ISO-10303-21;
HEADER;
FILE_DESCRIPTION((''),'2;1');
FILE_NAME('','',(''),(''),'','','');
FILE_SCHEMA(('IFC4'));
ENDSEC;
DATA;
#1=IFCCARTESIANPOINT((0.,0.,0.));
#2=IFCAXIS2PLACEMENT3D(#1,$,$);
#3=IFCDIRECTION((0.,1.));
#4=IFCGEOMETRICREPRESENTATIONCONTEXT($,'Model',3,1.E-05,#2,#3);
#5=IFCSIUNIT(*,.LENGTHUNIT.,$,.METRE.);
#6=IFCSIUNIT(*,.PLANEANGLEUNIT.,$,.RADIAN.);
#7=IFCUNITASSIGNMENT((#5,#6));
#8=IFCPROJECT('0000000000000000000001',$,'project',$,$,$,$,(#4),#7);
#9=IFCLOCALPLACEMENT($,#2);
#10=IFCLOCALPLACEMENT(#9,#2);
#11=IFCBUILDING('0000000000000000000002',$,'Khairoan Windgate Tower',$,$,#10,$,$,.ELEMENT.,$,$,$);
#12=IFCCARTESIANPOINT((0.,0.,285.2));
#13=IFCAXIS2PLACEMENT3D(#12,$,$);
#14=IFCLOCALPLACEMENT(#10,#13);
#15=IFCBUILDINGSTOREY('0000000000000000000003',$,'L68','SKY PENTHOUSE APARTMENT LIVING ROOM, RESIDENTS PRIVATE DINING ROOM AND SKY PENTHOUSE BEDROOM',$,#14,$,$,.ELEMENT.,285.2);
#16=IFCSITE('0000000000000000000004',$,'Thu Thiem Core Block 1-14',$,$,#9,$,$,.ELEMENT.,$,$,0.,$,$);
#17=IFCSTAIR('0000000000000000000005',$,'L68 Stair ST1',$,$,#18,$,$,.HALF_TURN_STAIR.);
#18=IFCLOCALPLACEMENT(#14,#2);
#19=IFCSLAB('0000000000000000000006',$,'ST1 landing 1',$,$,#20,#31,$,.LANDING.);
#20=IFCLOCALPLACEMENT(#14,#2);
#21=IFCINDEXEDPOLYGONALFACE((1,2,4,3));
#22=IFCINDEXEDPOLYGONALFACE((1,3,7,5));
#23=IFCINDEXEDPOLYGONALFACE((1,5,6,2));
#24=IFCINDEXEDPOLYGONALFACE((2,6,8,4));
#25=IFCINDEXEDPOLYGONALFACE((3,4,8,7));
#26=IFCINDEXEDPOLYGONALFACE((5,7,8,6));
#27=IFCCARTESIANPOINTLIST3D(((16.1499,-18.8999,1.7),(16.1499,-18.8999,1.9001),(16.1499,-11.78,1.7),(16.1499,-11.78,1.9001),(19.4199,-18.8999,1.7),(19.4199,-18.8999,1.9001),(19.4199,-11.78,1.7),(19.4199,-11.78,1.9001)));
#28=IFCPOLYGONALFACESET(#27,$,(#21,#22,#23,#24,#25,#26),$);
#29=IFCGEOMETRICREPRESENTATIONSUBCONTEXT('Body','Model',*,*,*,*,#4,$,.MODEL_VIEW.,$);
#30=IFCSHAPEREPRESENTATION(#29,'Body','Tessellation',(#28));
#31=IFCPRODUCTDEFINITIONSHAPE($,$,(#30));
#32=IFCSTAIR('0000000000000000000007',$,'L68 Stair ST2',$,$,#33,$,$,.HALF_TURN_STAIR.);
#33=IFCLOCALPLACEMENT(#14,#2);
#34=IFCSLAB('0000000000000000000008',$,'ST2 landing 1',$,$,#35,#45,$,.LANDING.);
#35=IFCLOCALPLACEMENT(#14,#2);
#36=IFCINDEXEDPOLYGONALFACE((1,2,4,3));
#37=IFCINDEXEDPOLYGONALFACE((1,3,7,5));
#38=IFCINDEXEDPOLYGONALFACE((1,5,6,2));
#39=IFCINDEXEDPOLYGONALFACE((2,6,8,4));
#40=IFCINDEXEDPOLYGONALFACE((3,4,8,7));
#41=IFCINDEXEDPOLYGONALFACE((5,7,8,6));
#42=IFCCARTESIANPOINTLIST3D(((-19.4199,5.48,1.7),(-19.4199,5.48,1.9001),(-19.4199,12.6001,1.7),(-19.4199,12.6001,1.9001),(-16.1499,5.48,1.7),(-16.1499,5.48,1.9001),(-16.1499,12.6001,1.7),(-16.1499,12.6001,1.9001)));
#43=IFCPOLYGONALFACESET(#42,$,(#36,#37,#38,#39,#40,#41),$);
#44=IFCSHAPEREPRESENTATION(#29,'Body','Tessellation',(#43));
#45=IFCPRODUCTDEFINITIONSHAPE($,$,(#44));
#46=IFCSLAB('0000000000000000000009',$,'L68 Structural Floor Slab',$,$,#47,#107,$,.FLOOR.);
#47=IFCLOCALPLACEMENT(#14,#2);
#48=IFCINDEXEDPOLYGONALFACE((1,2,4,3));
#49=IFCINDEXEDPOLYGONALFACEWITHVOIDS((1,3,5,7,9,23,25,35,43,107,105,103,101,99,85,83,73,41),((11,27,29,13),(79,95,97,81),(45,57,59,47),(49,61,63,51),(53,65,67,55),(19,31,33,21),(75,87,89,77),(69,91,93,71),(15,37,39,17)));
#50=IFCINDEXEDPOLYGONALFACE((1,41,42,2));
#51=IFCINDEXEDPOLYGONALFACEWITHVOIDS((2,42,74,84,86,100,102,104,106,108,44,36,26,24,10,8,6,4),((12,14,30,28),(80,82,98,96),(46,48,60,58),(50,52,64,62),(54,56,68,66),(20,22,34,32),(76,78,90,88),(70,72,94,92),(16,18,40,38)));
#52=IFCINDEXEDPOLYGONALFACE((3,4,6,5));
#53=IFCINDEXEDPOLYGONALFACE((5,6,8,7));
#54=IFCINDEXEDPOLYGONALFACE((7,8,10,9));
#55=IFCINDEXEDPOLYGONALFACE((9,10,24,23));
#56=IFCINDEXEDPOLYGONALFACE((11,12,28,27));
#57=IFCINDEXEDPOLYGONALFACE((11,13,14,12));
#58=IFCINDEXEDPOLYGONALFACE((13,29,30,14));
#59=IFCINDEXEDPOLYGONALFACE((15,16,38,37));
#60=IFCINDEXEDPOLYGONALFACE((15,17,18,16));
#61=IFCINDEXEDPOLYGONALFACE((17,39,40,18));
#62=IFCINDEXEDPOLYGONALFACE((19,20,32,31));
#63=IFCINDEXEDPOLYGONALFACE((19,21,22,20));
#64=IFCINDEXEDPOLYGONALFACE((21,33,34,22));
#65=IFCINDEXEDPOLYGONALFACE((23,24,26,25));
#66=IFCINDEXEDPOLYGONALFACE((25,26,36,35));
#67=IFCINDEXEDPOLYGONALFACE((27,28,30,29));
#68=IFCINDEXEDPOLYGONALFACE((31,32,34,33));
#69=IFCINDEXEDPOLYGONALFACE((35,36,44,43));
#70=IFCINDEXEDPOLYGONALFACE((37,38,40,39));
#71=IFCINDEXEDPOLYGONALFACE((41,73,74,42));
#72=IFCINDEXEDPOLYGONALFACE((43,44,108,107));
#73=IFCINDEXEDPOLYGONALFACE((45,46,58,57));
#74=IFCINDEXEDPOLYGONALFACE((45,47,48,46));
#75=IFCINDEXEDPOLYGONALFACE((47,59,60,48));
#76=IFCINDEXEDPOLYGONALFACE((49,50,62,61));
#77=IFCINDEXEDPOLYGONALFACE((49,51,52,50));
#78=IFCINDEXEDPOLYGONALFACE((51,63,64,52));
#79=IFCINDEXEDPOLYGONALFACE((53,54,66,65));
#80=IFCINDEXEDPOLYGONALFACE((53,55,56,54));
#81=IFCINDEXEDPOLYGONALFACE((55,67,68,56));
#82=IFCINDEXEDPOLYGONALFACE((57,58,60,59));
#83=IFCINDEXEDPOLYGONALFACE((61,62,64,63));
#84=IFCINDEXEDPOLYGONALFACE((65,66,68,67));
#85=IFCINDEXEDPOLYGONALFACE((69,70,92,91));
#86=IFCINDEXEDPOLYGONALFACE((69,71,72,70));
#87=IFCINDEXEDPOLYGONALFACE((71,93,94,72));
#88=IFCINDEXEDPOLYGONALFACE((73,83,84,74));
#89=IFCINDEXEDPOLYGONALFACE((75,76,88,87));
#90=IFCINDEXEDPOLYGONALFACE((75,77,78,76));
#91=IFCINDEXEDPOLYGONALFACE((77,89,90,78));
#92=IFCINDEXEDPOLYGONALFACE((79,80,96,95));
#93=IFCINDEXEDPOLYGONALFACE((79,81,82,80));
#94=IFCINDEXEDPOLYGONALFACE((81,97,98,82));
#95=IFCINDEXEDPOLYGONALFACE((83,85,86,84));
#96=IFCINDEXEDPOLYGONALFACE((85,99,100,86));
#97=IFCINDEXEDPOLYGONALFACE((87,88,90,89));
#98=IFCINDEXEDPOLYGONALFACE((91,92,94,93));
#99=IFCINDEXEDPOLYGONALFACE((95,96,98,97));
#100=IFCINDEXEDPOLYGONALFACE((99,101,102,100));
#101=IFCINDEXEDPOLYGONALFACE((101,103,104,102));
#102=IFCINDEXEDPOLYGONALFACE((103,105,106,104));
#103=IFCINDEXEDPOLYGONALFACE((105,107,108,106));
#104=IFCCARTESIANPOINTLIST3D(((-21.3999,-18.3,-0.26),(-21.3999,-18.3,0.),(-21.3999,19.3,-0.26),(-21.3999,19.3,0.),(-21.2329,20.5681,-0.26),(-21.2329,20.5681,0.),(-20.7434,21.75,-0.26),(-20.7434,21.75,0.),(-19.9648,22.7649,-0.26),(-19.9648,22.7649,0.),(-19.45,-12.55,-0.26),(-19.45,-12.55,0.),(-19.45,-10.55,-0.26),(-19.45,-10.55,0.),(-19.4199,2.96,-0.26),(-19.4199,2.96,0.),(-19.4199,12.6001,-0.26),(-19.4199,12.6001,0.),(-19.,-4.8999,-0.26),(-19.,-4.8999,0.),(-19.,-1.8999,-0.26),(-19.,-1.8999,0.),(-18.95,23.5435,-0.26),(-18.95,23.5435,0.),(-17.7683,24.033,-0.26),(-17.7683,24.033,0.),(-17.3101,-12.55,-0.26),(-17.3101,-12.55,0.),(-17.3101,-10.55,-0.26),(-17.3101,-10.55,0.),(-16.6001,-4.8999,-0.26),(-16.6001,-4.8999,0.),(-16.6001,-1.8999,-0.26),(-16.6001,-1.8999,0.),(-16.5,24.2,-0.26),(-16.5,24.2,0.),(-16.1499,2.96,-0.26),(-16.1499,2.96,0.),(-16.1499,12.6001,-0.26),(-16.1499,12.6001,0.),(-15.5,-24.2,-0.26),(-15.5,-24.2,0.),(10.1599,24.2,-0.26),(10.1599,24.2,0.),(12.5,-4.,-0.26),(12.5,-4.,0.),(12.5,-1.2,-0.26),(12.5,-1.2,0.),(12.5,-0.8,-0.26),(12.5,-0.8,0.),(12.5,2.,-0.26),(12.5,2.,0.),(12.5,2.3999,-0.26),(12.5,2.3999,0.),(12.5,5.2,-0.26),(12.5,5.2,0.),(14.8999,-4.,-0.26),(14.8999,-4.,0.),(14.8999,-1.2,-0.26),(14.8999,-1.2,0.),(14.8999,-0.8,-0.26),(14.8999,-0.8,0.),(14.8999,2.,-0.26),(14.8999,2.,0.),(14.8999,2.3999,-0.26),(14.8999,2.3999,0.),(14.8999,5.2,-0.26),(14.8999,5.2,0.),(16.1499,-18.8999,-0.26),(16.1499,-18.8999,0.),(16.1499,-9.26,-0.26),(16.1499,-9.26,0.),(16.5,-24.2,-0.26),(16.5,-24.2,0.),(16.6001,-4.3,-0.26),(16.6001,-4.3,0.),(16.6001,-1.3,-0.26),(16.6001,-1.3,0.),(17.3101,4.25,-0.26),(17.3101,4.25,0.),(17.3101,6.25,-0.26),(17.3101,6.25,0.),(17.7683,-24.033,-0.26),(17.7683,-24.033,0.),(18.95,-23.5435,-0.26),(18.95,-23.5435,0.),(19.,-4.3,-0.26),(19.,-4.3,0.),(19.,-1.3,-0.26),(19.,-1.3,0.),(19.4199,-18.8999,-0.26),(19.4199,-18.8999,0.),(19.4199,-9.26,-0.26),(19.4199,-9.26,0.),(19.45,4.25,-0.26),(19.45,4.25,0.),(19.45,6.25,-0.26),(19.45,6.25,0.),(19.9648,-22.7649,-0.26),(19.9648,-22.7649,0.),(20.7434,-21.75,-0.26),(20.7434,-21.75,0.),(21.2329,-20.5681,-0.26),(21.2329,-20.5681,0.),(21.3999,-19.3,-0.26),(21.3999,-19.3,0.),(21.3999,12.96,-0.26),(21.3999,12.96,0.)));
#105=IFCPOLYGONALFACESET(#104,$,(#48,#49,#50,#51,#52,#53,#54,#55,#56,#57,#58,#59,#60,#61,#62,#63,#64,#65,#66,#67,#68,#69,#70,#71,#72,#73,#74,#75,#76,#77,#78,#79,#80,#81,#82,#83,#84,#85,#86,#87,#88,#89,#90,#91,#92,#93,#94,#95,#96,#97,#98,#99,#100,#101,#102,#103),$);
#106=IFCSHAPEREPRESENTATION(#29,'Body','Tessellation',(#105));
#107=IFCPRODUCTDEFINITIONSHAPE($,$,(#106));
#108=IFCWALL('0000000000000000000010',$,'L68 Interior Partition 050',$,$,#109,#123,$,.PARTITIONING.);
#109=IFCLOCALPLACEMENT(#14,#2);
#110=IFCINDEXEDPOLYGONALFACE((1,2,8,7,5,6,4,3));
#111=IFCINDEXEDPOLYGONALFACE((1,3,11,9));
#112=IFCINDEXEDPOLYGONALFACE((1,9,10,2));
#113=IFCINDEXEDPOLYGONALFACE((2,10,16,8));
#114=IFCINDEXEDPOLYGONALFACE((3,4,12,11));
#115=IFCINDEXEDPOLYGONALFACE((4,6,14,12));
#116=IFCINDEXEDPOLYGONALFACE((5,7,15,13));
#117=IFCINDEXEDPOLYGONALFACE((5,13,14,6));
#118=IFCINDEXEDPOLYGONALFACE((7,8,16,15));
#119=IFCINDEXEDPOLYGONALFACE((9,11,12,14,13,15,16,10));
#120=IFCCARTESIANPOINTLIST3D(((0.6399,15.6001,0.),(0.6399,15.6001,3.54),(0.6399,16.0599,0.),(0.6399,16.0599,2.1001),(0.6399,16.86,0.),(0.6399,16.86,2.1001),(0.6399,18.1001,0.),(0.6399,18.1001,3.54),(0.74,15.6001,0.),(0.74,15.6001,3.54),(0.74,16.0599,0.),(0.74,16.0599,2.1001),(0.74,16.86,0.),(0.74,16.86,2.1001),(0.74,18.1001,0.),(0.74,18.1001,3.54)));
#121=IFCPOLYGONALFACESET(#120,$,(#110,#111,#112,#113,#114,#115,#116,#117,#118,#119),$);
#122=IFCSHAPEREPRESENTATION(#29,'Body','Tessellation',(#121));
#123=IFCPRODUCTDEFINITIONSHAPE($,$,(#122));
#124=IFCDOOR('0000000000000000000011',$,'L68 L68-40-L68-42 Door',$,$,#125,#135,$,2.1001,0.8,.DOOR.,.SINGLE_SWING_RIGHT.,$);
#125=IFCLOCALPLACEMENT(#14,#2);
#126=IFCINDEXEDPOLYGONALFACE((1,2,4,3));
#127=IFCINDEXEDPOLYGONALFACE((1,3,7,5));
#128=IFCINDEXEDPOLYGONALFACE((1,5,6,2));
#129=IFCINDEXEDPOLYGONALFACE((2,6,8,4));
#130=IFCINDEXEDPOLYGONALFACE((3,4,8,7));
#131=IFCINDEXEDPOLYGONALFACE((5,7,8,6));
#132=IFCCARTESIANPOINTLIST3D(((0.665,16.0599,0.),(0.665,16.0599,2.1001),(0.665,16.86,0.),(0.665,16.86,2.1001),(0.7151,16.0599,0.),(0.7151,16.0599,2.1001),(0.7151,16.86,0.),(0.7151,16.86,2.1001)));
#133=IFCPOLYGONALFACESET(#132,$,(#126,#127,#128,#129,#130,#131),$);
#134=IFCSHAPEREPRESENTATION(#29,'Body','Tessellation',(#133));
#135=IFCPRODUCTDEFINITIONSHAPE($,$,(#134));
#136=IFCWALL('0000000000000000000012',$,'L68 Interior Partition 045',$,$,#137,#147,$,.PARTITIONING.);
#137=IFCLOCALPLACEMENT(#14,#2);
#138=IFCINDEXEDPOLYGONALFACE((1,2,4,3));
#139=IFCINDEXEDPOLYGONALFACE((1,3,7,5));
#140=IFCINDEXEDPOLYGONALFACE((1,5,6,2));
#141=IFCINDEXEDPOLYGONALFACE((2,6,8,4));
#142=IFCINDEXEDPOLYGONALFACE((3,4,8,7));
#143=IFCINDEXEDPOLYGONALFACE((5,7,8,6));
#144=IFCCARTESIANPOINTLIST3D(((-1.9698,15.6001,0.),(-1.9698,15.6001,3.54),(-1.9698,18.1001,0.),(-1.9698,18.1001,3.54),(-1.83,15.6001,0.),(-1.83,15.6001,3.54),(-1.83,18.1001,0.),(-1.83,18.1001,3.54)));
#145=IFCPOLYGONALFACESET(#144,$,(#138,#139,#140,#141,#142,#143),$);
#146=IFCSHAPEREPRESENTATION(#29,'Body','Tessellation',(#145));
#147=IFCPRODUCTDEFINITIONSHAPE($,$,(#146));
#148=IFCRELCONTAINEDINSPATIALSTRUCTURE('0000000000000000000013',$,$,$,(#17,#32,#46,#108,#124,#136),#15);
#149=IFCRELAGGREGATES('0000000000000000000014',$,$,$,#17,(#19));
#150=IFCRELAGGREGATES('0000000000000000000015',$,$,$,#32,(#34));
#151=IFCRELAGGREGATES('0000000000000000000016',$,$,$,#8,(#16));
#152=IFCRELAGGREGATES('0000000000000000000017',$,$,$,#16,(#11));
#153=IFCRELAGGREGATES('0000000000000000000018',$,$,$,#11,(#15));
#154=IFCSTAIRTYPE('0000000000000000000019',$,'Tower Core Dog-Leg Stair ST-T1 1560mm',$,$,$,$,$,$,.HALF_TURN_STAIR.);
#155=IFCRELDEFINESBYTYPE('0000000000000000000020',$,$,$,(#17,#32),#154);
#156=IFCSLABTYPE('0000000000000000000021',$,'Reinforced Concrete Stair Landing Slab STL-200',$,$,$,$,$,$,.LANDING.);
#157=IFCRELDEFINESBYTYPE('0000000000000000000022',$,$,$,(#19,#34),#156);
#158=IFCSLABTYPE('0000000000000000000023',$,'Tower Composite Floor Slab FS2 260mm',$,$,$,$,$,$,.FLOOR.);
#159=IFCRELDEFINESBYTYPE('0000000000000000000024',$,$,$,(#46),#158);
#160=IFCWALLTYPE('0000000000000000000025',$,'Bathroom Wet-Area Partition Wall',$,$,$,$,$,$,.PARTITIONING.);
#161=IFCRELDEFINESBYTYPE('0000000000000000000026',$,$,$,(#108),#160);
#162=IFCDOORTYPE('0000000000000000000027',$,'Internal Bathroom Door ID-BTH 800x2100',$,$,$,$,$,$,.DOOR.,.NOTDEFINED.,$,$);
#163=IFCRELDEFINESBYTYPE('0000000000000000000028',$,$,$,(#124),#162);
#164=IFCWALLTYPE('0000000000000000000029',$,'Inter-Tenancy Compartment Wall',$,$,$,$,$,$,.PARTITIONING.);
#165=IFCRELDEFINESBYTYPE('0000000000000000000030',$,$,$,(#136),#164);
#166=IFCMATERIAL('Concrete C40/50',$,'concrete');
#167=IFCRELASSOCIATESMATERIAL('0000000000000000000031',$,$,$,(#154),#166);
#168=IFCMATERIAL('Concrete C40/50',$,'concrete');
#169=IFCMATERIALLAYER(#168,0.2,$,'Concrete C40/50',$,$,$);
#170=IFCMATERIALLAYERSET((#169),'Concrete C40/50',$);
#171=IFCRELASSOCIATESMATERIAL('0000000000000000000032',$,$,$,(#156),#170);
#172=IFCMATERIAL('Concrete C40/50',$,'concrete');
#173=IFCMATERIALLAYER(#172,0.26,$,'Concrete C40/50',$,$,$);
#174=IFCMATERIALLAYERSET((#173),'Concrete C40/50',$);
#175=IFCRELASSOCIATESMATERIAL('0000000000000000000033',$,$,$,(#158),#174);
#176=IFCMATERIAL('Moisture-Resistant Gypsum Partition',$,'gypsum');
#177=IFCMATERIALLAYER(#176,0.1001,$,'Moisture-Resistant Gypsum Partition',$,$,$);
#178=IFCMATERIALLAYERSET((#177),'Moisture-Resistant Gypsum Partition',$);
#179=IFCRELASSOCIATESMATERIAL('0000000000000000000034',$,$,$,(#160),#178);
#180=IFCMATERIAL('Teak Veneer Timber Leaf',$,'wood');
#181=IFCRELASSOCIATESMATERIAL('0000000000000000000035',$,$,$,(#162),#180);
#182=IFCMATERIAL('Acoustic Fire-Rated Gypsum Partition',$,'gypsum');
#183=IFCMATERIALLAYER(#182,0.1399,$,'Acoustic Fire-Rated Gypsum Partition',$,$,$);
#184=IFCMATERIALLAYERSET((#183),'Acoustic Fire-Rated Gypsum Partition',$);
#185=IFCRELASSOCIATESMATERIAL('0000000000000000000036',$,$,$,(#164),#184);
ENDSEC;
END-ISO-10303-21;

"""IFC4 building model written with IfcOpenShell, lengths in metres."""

from ifc_helpers import new_model, si_unit, direction, frame, frame_2d, origin, place, context, subcontext, project, spatial, polyline, rectangle, outline, extrude, material, layer, layer_set, type_object, element, fill, aggregate, save


model = new_model("IFC4")

# Units and contexts
model_context = context("Model", 3, precision=1e-05, world=origin(), true_north=direction((0.0, 1.0)))
body_context = subcontext(model_context, "Body", "Model", "MODEL_VIEW")
ifc_project = project(units=[si_unit("LENGTHUNIT", "METRE"), si_unit("PLANEANGLEUNIT", "RADIAN")], contexts=[model_context])

# Site, building, storey
site_placement = place(None, origin())
site = spatial("IfcSite", under=ifc_project, at=site_placement, Name="Thu Thiem Core Block 1-14", CompositionType="ELEMENT", RefElevation=0.0)
building_placement = place(site_placement, origin())
building = spatial("IfcBuilding", under=site, at=building_placement, Name="Khairoan Windgate Tower", CompositionType="ELEMENT")
storey_placement = place(building_placement, frame((0.0, 0.0, 285.2)))
storey = spatial("IfcBuildingStorey", under=building, at=storey_placement, Name="L68", Description="SKY PENTHOUSE APARTMENT LIVING ROOM, RESIDENTS PRIVATE DINING ROOM AND SKY PENTHOUSE BEDROOM", CompositionType="ELEMENT", Elevation=285.2)

# Stairs, slabs
ifc_material_1 = material(Name="Concrete C40/50", Category="concrete")
stair_type = type_object("IfcStairType", Name="Tower Core Dog-Leg Stair ST-T1 1560mm", PredefinedType="HALF_TURN_STAIR", material=ifc_material_1)
stair_1_placement = place(storey_placement, origin())
stair_1 = element("IfcStair", 1, at=stair_1_placement, inside=storey, type_object=stair_type, Name="L68 Stair ST1", PredefinedType="HALF_TURN_STAIR")
ifc_material_2 = material(Name="Concrete C40/50", Category="concrete")
ifc_layer_1 = layer(ifc_material_2, 0.2, Name="Concrete C40/50")
ifc_layer_set_1 = layer_set([ifc_layer_1], Name="Concrete C40/50")
slab_type_1 = type_object("IfcSlabType", Name="Reinforced Concrete Stair Landing Slab STL-200", PredefinedType="LANDING", material=ifc_layer_set_1)
slab_1_placement = place(storey_placement, frame((0.0, 0.0, 1.7)))
slab_1 = element("IfcSlab", 2, at=slab_1_placement, type_object=slab_type_1, Name="ST1 landing 1", PredefinedType="LANDING", context=body_context, shape_type="SweptSolid", body=[
    extrude(outline(polyline([(16.1499, -11.78), (16.1499, -18.8999), (19.4199, -18.8999), (19.4199, -11.78), (16.1499, -11.78)])), origin(), (0.0, 0.0, 1.0), 0.2002),
])
aggregate(stair_1, [slab_1])
stair_2_placement = place(storey_placement, origin())
stair_2 = element("IfcStair", 3, at=stair_2_placement, inside=storey, type_object=stair_type, Name="L68 Stair ST2", PredefinedType="HALF_TURN_STAIR")
slab_2_placement = place(storey_placement, frame((0.0, 0.0, 1.7)))
slab_2 = element("IfcSlab", 4, at=slab_2_placement, type_object=slab_type_1, Name="ST2 landing 1", PredefinedType="LANDING", context=body_context, shape_type="SweptSolid", body=[
    extrude(outline(polyline([(-16.1499, 5.48), (-16.1499, 12.6001), (-19.4199, 12.6001), (-19.4199, 5.48), (-16.1499, 5.48)])), origin(), (0.0, 0.0, 1.0), 0.2002),
])
aggregate(stair_2, [slab_2])

# Slab
ifc_material_3 = material(Name="Concrete C40/50", Category="concrete")
ifc_layer_2 = layer(ifc_material_3, 0.26, Name="Concrete C40/50")
ifc_layer_set_2 = layer_set([ifc_layer_2], Name="Concrete C40/50")
slab_type_2 = type_object("IfcSlabType", Name="Tower Composite Floor Slab FS2 260mm", PredefinedType="FLOOR", material=ifc_layer_set_2)
slab_3_placement = place(storey_placement, frame((0.0, 0.0, -0.26)))
element("IfcSlab", 5, at=slab_3_placement, inside=storey, type_object=slab_type_2, Name="L68 Structural Floor Slab", PredefinedType="FLOOR", context=body_context, shape_type="SweptSolid", body=[
    extrude(outline(polyline([(16.5, -24.2), (17.7683, -24.033), (18.95, -23.5435), (19.9648, -22.7649), (20.7434, -21.75), (21.2329, -20.5681), (21.3999, -19.3), (21.3999, 12.96), (10.1599, 24.2), (-16.5, 24.2), (-17.7683, 24.033), (-18.95, 23.5435), (-19.9648, 22.7649), (-20.7434, 21.75), (-21.2329, 20.5681), (-21.3999, 19.3), (-21.3999, -18.3), (-15.5, -24.2), (16.5, -24.2)]), holes=[polyline([(16.1499, -9.26), (16.1499, -18.8999), (19.4199, -18.8999), (19.4199, -9.26), (16.1499, -9.26)]), polyline([(-16.1499, 2.96), (-16.1499, 12.6001), (-19.4199, 12.6001), (-19.4199, 2.96), (-16.1499, 2.96)]), polyline([(12.5, 2.3999), (14.8999, 2.3999), (14.8999, 5.2), (12.5, 5.2), (12.5, 2.3999)]), polyline([(12.5, -0.8), (14.8999, -0.8), (14.8999, 2.0), (12.5, 2.0), (12.5, -0.8)]), polyline([(12.5, -4.0), (14.8999, -4.0), (14.8999, -1.2), (12.5, -1.2), (12.5, -4.0)]), polyline([(16.6001, -4.3), (19.0, -4.3), (19.0, -1.3), (16.6001, -1.3), (16.6001, -4.3)]), polyline([(-19.0, -4.8999), (-16.6001, -4.8999), (-16.6001, -1.8999), (-19.0, -1.8999), (-19.0, -4.8999)]), polyline([(-19.45, -12.55), (-17.3101, -12.55), (-17.3101, -10.55), (-19.45, -10.55), (-19.45, -12.55)]), polyline([(17.3101, 4.25), (19.45, 4.25), (19.45, 6.25), (17.3101, 6.25), (17.3101, 4.25)])]), origin(), (0.0, 0.0, 1.0), 0.26),
])

# Wall, opening, door
ifc_material_4 = material(Name="Moisture-Resistant Gypsum Partition", Category="gypsum")
ifc_layer_3 = layer(ifc_material_4, 0.1001, Name="Moisture-Resistant Gypsum Partition")
ifc_layer_set_3 = layer_set([ifc_layer_3], Name="Moisture-Resistant Gypsum Partition")
wall_type_1 = type_object("IfcWallType", Name="Bathroom Wet-Area Partition Wall", PredefinedType="PARTITIONING", material=ifc_layer_set_3)
wall_1_placement = place(storey_placement, frame((0.6899, 15.6001, 0.0), z_axis=(0.0, 0.0, 1.0), x_axis=(0.0, 1.0, 0.0)))
wall_1 = element("IfcWall", 6, at=wall_1_placement, inside=storey, type_object=wall_type_1, Name="L68 Interior Partition 050", PredefinedType="PARTITIONING", context=body_context, shape_type="SweptSolid", body=[
    extrude(rectangle(XDim=2.5, YDim=0.1001, at=frame_2d((1.25, 0.0))), origin(), (0.0, 0.0, 1.0), 3.54),
])
opening_1_placement = place(wall_1_placement, frame((0.46, 0.0, 0.0)))
opening_1 = element("IfcOpeningElement", 7, at=opening_1_placement, cuts=wall_1, PredefinedType="OPENING", context=body_context, shape_type="SweptSolid", body=[
    extrude(rectangle(XDim=0.8, YDim=2.1001, at=frame_2d((0.3999, 1.05))), frame((0.0, 0.0601, 0.0), z_axis=(0.0, -1.0, 0.0), x_axis=(1.0, 0.0, 0.0)), (0.0, 0.0, 1.0), 0.1201),
])
ifc_material_5 = material(Name="Teak Veneer Timber Leaf", Category="wood")
door_type_1 = type_object("IfcDoorType", Name="Internal Bathroom Door ID-BTH 800x2100", OperationType="NOTDEFINED", PredefinedType="DOOR", material=ifc_material_5)
door_1_placement = place(opening_1_placement, origin())
door_1 = element("IfcDoor", 8, at=door_1_placement, inside=storey, type_object=door_type_1, Name="L68 L68-40-L68-42 Door", OperationType="SINGLE_SWING_RIGHT", OverallHeight=2.1001, OverallWidth=0.8, PredefinedType="DOOR", context=body_context, shape_type="SweptSolid", body=[
    extrude(rectangle(XDim=0.8, YDim=2.1001, at=frame_2d((0.3999, 1.05))), frame((0.0, 0.0249, 0.0), z_axis=(0.0, -1.0, 0.0), x_axis=(1.0, 0.0, 0.0)), (0.0, 0.0, 1.0), 0.05),
])
fill(opening_1, door_1)

# Wall
ifc_material_6 = material(Name="Acoustic Fire-Rated Gypsum Partition", Category="gypsum")
ifc_layer_4 = layer(ifc_material_6, 0.1399, Name="Acoustic Fire-Rated Gypsum Partition")
ifc_layer_set_4 = layer_set([ifc_layer_4], Name="Acoustic Fire-Rated Gypsum Partition")
wall_type_2 = type_object("IfcWallType", Name="Inter-Tenancy Compartment Wall", PredefinedType="PARTITIONING", material=ifc_layer_set_4)
wall_2_placement = place(storey_placement, frame((-1.8999, 15.6001, 0.0), z_axis=(0.0, 0.0, 1.0), x_axis=(0.0, 1.0, 0.0)))
element("IfcWall", 9, at=wall_2_placement, inside=storey, type_object=wall_type_2, Name="L68 Interior Partition 045", PredefinedType="PARTITIONING", context=body_context, shape_type="SweptSolid", body=[
    extrude(rectangle(XDim=2.5, YDim=0.1399, at=frame_2d((1.25, 0.0))), origin(), (0.0, 0.0, 1.0), 3.54),
])

save(model, "model.ifc")
